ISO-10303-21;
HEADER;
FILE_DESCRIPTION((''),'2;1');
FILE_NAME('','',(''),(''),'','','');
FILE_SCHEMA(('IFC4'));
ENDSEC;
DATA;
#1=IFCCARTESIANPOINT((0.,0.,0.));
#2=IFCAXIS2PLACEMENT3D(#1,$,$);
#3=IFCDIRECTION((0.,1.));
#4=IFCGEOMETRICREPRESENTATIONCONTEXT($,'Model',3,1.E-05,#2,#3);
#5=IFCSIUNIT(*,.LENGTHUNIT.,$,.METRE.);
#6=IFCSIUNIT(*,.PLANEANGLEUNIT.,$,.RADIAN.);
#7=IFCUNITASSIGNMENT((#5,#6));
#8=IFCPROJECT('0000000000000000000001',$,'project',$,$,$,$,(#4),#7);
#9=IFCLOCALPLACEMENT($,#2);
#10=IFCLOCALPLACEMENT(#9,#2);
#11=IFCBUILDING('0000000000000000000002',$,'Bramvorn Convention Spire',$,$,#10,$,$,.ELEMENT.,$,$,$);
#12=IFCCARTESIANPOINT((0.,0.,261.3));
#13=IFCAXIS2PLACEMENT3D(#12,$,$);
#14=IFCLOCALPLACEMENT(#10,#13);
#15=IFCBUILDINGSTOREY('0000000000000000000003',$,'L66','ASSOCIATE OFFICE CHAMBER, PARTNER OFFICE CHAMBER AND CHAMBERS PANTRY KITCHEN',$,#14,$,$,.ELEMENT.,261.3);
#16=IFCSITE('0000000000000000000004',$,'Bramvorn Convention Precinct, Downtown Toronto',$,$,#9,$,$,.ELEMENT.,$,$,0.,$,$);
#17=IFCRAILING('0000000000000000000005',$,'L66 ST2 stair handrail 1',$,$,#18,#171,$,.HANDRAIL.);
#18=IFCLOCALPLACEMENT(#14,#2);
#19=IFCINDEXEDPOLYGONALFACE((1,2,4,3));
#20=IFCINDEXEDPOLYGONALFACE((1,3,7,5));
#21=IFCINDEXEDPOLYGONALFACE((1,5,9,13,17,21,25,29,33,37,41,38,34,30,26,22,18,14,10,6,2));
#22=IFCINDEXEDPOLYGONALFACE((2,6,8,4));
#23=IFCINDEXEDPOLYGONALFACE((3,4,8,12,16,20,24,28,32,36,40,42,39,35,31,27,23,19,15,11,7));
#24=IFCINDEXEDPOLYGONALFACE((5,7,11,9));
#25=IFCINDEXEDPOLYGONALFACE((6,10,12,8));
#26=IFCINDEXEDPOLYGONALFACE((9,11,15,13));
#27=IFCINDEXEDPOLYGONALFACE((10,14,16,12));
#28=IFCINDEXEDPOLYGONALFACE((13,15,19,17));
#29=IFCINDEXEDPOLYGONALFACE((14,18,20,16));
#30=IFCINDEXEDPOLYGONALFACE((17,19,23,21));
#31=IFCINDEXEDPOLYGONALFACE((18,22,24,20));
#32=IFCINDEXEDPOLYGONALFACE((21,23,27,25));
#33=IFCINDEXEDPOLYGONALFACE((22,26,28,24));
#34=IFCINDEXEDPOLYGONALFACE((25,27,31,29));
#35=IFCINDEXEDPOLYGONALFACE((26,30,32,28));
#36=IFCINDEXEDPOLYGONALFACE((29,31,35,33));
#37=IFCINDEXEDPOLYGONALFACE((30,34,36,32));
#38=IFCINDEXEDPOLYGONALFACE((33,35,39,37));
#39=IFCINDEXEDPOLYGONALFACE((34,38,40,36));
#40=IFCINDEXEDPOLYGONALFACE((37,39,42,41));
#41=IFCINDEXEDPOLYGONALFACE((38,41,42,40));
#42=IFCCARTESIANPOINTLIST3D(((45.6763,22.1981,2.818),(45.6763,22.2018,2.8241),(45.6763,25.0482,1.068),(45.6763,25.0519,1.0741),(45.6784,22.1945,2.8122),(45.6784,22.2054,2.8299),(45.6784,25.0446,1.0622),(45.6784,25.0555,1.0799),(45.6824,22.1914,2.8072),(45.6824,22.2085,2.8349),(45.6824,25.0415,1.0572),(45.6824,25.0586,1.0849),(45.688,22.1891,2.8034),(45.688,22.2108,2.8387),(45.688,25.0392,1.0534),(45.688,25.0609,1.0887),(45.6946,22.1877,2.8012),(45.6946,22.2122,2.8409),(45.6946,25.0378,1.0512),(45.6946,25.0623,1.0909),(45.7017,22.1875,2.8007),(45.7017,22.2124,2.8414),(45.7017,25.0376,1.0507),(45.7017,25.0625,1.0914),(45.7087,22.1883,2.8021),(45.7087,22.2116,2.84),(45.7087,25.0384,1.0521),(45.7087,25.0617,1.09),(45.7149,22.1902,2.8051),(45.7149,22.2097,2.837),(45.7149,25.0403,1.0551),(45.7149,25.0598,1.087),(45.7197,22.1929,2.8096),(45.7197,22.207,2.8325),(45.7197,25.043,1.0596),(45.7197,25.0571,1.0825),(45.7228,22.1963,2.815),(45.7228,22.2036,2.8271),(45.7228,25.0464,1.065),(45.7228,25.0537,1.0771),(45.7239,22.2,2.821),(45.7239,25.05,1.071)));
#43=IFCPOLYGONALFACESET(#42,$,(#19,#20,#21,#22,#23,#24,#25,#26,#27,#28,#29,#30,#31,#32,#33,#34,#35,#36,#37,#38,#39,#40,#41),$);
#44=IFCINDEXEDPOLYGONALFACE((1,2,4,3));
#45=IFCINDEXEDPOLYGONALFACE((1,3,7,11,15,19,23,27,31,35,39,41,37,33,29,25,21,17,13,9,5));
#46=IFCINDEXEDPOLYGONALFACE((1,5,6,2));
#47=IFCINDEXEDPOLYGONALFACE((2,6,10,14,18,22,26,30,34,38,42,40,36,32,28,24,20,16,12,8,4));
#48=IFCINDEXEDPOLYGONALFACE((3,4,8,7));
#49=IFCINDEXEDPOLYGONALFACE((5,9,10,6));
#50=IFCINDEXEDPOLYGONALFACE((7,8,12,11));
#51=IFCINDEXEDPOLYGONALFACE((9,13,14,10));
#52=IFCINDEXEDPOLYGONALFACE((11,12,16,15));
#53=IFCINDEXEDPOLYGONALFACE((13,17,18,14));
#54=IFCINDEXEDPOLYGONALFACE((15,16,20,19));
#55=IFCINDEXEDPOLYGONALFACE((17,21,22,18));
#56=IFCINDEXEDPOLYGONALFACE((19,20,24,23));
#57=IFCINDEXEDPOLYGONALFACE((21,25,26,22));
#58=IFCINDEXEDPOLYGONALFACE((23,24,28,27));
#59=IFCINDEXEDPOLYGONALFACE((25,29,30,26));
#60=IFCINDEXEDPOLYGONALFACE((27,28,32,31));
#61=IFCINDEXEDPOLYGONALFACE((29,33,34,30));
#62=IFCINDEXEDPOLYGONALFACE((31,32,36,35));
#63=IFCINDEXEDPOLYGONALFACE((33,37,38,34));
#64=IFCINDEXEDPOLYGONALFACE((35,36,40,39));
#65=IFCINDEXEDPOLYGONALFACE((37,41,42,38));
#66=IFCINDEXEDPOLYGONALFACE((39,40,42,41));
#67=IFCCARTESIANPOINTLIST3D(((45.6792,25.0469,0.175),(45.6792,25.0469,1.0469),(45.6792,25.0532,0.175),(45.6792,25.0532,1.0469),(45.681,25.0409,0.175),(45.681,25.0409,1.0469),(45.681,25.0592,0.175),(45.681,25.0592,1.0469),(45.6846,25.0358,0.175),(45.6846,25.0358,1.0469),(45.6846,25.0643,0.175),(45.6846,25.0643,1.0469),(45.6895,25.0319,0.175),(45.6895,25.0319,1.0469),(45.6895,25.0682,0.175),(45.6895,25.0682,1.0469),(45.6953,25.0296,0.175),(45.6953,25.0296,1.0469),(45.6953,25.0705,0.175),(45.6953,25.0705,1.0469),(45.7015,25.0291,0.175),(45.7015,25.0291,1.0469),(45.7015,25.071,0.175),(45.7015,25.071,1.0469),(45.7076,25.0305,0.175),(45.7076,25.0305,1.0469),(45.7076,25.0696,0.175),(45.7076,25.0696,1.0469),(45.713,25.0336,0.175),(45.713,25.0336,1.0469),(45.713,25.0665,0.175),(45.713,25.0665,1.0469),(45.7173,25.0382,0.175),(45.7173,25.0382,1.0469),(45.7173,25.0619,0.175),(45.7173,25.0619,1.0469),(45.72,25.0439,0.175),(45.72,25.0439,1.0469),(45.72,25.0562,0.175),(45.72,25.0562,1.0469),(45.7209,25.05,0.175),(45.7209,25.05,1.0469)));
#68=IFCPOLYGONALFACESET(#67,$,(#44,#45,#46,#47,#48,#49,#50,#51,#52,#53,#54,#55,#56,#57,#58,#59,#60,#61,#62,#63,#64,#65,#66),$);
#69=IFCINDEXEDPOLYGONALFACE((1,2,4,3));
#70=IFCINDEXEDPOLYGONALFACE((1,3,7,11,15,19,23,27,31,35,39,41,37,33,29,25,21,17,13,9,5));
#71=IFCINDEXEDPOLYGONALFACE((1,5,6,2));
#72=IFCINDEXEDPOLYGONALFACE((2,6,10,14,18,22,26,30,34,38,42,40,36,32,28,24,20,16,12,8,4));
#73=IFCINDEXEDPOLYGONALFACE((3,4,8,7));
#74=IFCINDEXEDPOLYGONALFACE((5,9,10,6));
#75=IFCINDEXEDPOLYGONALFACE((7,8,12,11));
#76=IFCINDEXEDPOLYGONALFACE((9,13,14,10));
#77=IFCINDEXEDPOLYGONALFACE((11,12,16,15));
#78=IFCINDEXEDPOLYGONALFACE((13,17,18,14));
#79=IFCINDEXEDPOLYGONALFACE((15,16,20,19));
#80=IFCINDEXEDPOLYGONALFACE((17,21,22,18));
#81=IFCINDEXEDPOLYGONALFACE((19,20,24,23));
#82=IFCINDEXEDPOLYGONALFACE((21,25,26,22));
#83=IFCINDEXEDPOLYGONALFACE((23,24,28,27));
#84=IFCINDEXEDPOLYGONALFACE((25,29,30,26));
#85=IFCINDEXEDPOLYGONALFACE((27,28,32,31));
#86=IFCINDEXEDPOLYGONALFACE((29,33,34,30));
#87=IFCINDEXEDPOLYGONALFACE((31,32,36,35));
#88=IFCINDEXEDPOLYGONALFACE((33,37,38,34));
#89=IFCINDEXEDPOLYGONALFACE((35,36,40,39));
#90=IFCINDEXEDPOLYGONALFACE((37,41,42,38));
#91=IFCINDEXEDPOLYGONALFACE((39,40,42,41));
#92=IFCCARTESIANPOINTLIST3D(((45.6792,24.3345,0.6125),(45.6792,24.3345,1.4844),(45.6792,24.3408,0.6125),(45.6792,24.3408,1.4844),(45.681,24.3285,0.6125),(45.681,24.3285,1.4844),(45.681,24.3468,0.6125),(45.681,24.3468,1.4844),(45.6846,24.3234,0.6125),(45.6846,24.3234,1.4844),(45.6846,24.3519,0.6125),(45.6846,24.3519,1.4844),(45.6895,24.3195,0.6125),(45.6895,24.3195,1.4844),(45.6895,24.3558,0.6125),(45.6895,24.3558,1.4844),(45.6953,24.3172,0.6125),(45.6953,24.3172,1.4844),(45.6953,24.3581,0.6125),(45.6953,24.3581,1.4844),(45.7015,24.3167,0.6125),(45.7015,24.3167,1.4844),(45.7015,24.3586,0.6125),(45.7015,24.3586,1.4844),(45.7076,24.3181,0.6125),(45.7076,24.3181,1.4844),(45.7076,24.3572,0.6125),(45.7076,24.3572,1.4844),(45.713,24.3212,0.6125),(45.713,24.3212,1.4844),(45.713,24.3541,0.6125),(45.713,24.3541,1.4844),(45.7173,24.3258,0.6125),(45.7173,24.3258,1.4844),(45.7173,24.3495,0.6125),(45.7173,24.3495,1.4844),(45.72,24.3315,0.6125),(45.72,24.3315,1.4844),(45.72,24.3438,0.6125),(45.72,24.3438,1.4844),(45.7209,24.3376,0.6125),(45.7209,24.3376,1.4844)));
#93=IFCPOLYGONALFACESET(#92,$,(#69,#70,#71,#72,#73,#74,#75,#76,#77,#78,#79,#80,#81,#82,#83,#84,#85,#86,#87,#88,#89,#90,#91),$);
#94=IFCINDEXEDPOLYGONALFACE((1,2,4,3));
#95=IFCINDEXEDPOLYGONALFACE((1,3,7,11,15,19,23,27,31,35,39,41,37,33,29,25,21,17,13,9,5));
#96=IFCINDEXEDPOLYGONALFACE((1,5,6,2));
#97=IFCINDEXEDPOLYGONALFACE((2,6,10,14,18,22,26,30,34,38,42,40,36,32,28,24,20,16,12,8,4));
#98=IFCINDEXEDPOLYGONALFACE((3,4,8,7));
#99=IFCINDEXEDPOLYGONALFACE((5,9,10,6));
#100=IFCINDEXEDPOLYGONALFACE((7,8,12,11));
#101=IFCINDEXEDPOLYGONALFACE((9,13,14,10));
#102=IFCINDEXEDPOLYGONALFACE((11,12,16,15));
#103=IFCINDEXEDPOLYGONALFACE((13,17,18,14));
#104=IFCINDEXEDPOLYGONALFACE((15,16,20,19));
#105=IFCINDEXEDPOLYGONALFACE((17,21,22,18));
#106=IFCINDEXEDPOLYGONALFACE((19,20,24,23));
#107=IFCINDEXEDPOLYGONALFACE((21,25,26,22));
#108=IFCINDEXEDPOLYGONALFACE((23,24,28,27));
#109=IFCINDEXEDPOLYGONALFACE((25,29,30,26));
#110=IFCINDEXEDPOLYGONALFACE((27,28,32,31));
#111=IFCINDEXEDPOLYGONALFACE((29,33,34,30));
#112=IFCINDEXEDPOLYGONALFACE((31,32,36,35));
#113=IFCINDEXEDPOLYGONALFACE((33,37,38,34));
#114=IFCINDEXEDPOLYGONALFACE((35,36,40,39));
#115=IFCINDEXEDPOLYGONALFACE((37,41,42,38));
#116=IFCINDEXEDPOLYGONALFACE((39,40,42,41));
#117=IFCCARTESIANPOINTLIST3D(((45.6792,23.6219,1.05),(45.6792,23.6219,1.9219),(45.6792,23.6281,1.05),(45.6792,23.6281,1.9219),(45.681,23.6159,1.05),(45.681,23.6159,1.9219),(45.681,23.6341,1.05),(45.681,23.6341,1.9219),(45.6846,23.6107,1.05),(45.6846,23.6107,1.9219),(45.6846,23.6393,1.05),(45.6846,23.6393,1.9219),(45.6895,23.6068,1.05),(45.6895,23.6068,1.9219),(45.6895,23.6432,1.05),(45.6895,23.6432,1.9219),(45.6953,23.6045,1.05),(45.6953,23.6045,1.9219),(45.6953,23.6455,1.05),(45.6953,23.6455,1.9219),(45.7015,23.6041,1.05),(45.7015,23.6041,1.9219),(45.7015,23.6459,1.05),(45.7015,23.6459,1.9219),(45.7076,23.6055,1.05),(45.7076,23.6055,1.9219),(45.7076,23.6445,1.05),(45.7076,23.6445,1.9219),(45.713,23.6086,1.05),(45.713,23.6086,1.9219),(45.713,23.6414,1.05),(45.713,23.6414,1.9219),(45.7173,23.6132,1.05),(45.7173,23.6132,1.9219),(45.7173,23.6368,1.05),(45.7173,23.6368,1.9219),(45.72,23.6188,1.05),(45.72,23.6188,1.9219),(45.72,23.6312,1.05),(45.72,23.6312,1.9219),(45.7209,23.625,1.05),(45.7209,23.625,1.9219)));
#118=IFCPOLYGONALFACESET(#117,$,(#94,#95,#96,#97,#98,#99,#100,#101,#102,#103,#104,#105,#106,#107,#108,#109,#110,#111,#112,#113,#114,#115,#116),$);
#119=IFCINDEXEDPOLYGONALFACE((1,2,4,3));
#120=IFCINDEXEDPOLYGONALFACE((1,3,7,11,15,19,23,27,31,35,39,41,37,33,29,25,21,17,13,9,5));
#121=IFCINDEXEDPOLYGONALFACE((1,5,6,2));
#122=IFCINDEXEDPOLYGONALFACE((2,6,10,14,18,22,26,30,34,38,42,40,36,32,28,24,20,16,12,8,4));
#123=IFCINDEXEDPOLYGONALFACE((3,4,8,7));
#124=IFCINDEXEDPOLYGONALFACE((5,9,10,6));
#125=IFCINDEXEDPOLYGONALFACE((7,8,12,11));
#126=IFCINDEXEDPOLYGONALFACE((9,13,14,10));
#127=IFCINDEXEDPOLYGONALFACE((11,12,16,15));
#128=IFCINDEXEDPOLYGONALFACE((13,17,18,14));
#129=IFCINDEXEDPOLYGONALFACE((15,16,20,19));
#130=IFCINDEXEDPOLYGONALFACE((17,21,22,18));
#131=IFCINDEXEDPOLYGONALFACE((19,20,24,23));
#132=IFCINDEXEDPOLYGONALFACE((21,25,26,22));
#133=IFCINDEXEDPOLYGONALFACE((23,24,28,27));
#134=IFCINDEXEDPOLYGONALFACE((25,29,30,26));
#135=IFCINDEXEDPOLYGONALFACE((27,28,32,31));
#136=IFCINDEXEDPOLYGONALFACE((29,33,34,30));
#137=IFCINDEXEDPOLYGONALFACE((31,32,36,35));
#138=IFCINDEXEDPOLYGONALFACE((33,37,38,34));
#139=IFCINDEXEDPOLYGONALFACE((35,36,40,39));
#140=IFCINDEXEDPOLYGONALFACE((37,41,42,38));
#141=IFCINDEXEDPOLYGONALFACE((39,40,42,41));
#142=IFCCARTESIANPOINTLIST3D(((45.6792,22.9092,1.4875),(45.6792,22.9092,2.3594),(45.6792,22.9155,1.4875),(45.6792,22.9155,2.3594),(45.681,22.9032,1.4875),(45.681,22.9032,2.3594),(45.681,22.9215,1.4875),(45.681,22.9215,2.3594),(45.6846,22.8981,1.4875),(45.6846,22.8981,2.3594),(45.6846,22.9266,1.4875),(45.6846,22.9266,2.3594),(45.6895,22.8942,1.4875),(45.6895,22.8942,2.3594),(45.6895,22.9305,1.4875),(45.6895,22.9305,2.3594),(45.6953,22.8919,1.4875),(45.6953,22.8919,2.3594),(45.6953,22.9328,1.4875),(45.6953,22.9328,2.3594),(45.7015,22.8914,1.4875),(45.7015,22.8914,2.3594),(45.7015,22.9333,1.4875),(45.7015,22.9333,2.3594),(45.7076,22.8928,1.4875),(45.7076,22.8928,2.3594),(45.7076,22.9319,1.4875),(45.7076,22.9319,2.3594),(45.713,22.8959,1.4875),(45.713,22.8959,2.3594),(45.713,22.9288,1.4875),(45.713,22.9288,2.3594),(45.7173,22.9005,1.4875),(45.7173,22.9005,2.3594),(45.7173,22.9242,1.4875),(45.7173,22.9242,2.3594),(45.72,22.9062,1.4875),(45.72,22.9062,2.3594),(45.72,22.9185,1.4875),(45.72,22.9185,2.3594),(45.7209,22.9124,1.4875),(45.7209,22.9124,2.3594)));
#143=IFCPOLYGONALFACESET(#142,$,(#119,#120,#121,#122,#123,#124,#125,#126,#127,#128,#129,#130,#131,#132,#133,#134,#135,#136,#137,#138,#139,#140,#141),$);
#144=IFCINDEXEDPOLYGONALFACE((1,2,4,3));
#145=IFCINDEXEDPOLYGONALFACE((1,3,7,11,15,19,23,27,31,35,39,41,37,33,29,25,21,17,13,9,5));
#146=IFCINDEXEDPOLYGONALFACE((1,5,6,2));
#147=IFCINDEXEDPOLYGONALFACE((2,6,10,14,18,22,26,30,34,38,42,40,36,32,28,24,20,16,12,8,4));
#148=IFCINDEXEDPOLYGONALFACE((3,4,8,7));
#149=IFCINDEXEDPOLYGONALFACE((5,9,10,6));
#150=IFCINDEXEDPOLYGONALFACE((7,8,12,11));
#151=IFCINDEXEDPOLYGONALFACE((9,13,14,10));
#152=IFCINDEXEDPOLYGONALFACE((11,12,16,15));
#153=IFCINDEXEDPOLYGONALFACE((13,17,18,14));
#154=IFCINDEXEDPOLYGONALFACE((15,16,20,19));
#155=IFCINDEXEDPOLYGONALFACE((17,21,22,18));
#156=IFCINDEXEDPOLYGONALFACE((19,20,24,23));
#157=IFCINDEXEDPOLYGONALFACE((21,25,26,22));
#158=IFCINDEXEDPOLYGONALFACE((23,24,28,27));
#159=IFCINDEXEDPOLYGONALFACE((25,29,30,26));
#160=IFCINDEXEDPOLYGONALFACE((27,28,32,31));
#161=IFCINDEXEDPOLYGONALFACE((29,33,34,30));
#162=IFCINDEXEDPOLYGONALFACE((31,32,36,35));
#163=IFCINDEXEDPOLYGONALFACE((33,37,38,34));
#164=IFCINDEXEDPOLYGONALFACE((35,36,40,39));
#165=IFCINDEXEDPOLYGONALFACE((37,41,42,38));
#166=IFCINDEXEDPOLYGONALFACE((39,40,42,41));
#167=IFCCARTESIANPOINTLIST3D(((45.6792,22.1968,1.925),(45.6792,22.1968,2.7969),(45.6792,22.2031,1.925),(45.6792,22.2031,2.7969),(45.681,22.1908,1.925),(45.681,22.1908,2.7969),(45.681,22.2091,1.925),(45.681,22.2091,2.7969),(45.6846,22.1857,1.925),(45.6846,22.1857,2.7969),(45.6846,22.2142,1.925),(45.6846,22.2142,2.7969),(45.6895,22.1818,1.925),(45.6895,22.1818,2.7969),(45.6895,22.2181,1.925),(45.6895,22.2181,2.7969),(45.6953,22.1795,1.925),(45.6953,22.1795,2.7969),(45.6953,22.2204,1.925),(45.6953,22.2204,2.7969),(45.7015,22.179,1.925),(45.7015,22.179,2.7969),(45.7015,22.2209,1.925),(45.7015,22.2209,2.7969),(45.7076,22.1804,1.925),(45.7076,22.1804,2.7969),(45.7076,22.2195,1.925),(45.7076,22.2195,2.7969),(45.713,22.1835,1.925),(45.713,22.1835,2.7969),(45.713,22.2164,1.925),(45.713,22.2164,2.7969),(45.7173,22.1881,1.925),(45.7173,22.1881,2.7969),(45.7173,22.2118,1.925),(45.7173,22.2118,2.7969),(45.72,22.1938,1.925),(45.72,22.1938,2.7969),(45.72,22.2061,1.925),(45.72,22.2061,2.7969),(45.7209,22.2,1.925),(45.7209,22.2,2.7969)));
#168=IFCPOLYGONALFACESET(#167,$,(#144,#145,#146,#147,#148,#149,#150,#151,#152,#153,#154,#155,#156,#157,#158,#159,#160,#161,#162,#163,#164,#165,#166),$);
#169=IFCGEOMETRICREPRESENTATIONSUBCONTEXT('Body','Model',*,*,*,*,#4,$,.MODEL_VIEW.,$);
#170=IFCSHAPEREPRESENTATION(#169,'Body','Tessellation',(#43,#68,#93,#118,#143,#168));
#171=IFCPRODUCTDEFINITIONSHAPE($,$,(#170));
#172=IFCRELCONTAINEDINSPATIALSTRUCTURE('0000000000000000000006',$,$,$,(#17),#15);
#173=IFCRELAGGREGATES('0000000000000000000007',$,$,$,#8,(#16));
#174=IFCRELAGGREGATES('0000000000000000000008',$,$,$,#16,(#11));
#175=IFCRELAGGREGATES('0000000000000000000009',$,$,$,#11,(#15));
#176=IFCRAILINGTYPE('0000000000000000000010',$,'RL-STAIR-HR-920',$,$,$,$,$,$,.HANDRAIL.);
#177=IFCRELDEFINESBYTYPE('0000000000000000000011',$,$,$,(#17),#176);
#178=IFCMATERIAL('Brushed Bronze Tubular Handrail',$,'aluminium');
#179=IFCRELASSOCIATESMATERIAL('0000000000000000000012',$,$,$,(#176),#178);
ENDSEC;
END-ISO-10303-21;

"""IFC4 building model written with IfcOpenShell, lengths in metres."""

from ifc_helpers import new_model, si_unit, direction, frame, origin, origin_2d, place, context, subcontext, project, spatial, circle, extrude, material, type_object, element, save


model = new_model("IFC4")

# Units and contexts
model_context = context("Model", 3, precision=1e-05, world=origin(), true_north=direction((0.0, 1.0)))
body_context = subcontext(model_context, "Body", "Model", "MODEL_VIEW")
ifc_project = project(units=[si_unit("LENGTHUNIT", "METRE"), si_unit("PLANEANGLEUNIT", "RADIAN")], contexts=[model_context])

# Site, building, storey
site_placement = place(None, origin())
site = spatial("IfcSite", under=ifc_project, at=site_placement, Name="Bramvorn Convention Precinct, Downtown Toronto", CompositionType="ELEMENT", RefElevation=0.0)
building_placement = place(site_placement, origin())
building = spatial("IfcBuilding", under=site, at=building_placement, Name="Bramvorn Convention Spire", CompositionType="ELEMENT")
storey_placement = place(building_placement, frame((0.0, 0.0, 261.3)))
storey = spatial("IfcBuildingStorey", under=building, at=storey_placement, Name="L66", Description="ASSOCIATE OFFICE CHAMBER, PARTNER OFFICE CHAMBER AND CHAMBERS PANTRY KITCHEN", CompositionType="ELEMENT", Elevation=261.3)

# Railing
ifc_material_1 = material(Name="Brushed Bronze Tubular Handrail", Category="aluminium")
railing_type_1 = type_object("IfcRailingType", Name="RL-STAIR-HR-920", PredefinedType="HANDRAIL", material=ifc_material_1)
railing_1_placement = place(storey_placement, frame((45.7, 25.05, 0.175)))
element("IfcRailing", 1, at=railing_1_placement, inside=storey, type_object=railing_type_1, Name="L66 ST2 stair handrail 1", PredefinedType="HANDRAIL", context=body_context, shape_type="SweptSolid", body=[
    extrude(circle(Radius=0.0239, at=origin_2d()), frame((0.0, 0.0, 0.896), z_axis=(0.0, -0.852179, 0.52325), x_axis=(1.0, 0.0, 0.0)), (0.0, 0.0, 1.0), 3.3445),
    extrude(circle(Radius=0.021, at=origin_2d()), origin(), (0.0, 0.0, 1.0), 0.8718),
    extrude(circle(Radius=0.021, at=origin_2d()), frame((0.0, -0.7124, 0.4375)), (0.0, 0.0, 1.0), 0.8718),
    extrude(circle(Radius=0.021, at=origin_2d()), frame((0.0, -1.425, 0.875)), (0.0, 0.0, 1.0), 0.8718),
    extrude(circle(Radius=0.021, at=origin_2d()), frame((0.0, -2.1377, 1.3125)), (0.0, 0.0, 1.0), 0.8718),
    extrude(circle(Radius=0.021, at=origin_2d()), frame((0.0, -2.8501, 1.75)), (0.0, 0.0, 1.0), 0.8718),
])

save(model, "model.ifc")
